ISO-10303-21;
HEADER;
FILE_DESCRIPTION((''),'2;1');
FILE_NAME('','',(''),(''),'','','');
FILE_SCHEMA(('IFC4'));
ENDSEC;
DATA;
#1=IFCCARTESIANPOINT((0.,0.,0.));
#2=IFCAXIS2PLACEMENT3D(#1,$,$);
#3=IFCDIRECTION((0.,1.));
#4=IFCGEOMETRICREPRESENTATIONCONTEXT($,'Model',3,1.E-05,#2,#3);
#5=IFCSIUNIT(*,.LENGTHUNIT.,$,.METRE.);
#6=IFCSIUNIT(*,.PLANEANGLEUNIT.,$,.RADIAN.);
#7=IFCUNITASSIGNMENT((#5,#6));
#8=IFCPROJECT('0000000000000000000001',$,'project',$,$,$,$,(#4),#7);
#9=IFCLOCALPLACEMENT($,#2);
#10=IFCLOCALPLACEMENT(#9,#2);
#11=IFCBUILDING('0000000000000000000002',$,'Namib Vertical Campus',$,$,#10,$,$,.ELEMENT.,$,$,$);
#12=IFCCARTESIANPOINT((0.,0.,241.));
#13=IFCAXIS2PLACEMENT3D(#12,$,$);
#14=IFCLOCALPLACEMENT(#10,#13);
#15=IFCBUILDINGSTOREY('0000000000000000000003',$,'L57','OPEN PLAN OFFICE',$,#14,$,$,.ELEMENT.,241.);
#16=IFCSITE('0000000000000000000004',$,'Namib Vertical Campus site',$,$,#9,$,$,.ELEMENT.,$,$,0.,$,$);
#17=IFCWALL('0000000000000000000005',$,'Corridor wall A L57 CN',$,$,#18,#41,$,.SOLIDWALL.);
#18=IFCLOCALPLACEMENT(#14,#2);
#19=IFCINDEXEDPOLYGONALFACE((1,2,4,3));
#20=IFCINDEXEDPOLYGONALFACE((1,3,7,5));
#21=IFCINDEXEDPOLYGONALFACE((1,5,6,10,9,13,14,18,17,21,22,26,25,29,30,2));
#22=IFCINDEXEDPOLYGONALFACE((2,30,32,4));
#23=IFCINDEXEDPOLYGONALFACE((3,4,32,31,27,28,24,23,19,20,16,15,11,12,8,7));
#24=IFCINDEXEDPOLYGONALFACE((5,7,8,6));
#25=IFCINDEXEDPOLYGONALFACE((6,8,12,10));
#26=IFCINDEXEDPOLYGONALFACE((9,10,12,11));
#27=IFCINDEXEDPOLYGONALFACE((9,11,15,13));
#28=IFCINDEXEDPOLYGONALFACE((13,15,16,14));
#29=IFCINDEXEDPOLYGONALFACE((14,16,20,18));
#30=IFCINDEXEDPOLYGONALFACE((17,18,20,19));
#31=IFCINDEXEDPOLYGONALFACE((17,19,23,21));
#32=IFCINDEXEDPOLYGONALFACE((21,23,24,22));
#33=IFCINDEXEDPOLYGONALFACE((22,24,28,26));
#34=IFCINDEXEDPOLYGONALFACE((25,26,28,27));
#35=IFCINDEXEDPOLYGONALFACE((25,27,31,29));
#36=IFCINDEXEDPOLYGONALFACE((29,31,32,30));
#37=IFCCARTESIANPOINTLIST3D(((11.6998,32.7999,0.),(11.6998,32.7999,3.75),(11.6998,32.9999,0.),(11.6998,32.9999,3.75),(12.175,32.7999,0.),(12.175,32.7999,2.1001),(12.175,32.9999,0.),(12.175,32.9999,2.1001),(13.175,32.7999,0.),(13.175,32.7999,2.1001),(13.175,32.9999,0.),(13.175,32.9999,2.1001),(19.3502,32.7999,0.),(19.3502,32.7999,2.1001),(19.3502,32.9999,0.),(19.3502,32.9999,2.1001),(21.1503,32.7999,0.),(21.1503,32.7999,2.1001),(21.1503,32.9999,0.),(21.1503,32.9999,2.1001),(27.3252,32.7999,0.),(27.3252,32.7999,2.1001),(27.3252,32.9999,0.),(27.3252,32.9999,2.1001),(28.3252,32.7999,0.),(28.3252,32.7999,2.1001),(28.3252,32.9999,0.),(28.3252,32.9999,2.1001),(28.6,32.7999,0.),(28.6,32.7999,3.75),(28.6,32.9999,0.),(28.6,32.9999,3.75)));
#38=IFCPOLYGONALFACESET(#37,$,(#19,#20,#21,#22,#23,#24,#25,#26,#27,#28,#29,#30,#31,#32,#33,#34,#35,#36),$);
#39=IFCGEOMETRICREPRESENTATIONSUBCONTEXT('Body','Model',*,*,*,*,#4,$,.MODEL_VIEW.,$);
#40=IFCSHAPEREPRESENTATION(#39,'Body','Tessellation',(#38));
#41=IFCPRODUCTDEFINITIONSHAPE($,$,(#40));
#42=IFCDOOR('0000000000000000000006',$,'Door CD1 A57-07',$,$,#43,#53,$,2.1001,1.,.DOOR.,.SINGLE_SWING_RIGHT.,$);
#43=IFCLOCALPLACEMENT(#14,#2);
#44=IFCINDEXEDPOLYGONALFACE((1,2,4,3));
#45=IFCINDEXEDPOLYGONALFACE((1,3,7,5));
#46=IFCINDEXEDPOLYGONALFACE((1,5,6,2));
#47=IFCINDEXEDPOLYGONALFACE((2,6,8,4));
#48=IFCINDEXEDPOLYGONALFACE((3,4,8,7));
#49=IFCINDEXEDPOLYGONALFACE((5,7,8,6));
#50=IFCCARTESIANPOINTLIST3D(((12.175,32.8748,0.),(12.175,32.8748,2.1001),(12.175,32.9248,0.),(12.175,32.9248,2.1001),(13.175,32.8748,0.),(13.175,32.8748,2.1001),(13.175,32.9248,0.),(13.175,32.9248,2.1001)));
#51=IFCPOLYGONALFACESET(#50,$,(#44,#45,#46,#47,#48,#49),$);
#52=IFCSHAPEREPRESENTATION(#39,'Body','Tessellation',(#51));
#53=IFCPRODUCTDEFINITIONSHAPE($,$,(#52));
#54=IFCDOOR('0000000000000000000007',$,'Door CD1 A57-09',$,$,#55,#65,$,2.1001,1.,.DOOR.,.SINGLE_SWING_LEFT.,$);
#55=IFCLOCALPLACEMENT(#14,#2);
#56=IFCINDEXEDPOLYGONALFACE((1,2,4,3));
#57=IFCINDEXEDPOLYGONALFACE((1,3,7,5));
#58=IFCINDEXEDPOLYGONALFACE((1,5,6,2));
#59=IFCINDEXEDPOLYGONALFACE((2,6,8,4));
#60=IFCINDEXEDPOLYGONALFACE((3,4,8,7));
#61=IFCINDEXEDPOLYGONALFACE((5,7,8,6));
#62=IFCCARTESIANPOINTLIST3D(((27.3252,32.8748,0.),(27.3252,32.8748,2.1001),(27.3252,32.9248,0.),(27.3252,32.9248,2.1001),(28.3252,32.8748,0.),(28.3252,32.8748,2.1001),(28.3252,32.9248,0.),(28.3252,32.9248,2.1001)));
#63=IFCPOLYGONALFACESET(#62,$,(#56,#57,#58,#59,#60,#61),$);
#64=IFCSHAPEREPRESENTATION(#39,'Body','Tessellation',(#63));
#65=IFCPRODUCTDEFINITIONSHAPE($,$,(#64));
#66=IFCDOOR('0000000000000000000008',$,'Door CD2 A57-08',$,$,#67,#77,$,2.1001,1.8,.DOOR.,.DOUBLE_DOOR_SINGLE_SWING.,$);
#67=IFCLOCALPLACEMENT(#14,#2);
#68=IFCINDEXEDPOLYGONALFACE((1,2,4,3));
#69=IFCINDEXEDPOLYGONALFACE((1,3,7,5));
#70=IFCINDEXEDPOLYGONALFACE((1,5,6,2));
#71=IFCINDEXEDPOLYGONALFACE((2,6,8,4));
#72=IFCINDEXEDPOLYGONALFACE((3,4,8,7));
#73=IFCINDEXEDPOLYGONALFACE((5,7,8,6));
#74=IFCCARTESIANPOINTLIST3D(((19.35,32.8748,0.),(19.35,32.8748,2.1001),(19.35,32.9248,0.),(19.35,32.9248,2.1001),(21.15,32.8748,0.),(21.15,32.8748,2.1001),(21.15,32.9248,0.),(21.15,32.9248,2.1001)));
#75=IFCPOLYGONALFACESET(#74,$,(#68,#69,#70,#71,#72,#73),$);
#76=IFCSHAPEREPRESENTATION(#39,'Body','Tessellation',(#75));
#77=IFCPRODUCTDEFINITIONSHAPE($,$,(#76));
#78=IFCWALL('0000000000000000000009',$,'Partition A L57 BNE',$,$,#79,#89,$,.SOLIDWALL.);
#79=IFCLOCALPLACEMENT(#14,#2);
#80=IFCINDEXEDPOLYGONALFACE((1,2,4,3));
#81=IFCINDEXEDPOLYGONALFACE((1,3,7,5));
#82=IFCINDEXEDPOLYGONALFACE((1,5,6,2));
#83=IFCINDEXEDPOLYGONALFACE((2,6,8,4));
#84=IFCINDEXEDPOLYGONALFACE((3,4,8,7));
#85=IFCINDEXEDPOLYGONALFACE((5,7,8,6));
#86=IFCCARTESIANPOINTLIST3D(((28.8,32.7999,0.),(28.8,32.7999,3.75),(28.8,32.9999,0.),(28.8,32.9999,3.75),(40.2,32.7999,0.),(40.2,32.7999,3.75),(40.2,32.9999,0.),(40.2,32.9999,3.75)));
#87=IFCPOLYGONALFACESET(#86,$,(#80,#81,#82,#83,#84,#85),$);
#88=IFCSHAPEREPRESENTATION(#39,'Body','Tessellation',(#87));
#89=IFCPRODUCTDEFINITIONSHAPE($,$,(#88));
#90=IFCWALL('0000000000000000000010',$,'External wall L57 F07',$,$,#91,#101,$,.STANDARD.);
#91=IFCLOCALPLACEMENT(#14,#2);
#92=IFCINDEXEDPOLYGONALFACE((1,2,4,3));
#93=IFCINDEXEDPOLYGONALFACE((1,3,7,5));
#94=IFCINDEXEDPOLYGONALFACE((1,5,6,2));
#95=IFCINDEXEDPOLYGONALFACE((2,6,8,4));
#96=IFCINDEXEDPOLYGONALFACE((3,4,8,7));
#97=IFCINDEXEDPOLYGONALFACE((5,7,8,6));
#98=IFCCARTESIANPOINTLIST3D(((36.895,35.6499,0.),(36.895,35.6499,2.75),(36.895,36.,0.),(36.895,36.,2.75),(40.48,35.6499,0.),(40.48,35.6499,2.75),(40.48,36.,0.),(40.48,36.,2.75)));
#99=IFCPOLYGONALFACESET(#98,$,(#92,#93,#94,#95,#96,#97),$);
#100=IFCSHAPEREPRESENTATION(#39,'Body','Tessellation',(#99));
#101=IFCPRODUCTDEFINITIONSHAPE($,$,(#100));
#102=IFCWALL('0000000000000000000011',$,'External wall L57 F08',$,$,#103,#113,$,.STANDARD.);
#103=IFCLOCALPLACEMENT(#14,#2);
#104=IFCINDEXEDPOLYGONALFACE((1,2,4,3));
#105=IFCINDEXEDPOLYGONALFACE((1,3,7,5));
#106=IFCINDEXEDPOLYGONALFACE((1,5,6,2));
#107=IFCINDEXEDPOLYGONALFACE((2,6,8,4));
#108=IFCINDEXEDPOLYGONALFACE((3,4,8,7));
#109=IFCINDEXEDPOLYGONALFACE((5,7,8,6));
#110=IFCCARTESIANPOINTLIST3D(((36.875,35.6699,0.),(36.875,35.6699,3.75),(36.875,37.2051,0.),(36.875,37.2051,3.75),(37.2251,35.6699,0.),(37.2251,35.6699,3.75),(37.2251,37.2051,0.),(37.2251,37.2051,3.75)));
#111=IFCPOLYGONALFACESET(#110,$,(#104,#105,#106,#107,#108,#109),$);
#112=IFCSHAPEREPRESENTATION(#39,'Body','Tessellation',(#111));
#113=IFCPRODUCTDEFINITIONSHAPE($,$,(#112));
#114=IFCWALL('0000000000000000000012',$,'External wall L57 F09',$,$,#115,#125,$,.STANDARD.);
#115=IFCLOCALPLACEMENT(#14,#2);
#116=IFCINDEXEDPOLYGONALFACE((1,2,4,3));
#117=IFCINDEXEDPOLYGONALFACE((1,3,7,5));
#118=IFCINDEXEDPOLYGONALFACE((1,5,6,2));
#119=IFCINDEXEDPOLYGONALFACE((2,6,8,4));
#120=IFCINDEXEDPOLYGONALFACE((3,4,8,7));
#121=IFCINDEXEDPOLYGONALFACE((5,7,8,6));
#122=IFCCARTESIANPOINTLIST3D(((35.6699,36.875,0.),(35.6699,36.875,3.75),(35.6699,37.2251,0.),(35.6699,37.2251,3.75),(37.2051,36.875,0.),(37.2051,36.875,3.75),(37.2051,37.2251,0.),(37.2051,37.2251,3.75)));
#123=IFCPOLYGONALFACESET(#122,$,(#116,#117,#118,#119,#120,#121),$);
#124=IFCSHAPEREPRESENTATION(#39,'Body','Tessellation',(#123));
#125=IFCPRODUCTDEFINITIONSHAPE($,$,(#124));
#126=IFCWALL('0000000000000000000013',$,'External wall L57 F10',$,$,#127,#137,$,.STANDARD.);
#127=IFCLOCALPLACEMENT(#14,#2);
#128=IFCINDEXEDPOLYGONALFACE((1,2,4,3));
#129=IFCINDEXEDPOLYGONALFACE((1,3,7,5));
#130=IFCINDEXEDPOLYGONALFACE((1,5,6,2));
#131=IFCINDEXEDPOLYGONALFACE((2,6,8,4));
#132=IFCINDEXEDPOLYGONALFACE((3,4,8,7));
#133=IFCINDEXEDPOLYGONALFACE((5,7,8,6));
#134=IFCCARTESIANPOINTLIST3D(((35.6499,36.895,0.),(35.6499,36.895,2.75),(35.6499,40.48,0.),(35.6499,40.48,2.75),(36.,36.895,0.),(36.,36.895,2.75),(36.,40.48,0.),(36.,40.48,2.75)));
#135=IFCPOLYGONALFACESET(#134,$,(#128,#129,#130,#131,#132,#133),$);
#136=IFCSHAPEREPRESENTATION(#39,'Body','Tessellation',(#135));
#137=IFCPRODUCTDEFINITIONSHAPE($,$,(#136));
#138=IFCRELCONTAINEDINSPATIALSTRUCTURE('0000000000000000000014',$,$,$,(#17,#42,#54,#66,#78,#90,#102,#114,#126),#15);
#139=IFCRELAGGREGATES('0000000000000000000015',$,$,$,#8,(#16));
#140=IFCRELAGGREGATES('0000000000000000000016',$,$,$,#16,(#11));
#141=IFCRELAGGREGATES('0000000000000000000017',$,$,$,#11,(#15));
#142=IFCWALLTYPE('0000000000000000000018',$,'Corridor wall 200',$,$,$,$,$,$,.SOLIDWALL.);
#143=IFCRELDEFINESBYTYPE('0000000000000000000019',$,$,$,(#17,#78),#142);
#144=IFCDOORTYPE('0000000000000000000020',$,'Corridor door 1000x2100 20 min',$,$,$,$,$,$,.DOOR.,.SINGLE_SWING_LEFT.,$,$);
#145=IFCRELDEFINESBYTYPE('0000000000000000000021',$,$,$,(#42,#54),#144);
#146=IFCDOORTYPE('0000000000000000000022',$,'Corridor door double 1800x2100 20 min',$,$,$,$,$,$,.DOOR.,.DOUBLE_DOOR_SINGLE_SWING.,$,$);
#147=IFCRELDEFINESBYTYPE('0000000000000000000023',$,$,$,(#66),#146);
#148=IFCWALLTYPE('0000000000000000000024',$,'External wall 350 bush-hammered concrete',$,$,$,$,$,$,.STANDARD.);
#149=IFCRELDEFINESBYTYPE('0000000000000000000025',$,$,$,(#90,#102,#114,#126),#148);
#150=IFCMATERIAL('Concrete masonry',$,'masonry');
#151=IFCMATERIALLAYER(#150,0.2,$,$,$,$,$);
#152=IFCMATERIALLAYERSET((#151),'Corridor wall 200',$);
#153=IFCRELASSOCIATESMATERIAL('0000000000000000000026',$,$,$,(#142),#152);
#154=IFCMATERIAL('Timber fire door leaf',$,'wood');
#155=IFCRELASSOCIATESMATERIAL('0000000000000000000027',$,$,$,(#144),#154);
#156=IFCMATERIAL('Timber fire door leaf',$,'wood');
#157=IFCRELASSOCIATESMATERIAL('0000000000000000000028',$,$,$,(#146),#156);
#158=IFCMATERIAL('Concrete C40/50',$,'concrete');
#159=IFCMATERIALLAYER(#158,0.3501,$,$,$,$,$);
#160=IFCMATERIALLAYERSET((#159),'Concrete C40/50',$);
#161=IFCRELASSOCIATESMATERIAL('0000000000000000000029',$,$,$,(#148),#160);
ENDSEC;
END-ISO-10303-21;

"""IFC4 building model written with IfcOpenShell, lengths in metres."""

from ifc_helpers import new_model, si_unit, direction, frame, frame_2d, origin, place, context, subcontext, project, spatial, rectangle, extrude, material, layer, layer_set, type_object, element, fill, save


model = new_model("IFC4")

# Units and contexts
model_context = context("Model", 3, precision=1e-05, world=origin(), true_north=direction((0.0, 1.0)))
body_context = subcontext(model_context, "Body", "Model", "MODEL_VIEW")
ifc_project = project(units=[si_unit("LENGTHUNIT", "METRE"), si_unit("PLANEANGLEUNIT", "RADIAN")], contexts=[model_context])

# Site, building, storey
site_placement = place(None, origin())
site = spatial("IfcSite", under=ifc_project, at=site_placement, Name="Namib Vertical Campus site", CompositionType="ELEMENT", RefElevation=0.0)
building_placement = place(site_placement, origin())
building = spatial("IfcBuilding", under=site, at=building_placement, Name="Namib Vertical Campus", CompositionType="ELEMENT")
storey_placement = place(building_placement, frame((0.0, 0.0, 241.0)))
storey = spatial("IfcBuildingStorey", under=building, at=storey_placement, Name="L57", Description="OPEN PLAN OFFICE", CompositionType="ELEMENT", Elevation=241.0)

# Wall, openings, doors
ifc_material_1 = material(Name="Concrete masonry", Category="masonry")
ifc_layer_1 = layer(ifc_material_1, 0.2)
ifc_layer_set_1 = layer_set([ifc_layer_1], Name="Corridor wall 200")
wall_type_1 = type_object("IfcWallType", Name="Corridor wall 200", PredefinedType="SOLIDWALL", material=ifc_layer_set_1)
wall_1_placement = place(storey_placement, frame((28.6001, 32.8999, 0.0), z_axis=(0.0, 0.0, 1.0), x_axis=(-1.0, 0.0, 0.0)))
wall_1 = element("IfcWall", 1, at=wall_1_placement, inside=storey, type_object=wall_type_1, Name="Corridor wall A L57 CN", PredefinedType="SOLIDWALL", context=body_context, shape_type="SweptSolid", body=[
    extrude(rectangle(XDim=16.9001, YDim=0.2, at=frame_2d((8.4502, 0.0))), origin(), (0.0, 0.0, 1.0), 3.75),
])
opening_1_placement = place(wall_1_placement, frame((15.425, 0.0, 0.0)))
opening_1 = element("IfcOpeningElement", 2, at=opening_1_placement, cuts=wall_1, PredefinedType="OPENING", context=body_context, shape_type="SweptSolid", body=[
    extrude(rectangle(XDim=1.0, YDim=2.1001, at=frame_2d((0.5, 1.05))), frame((0.0, 0.1099, 0.0), z_axis=(0.0, -1.0, 0.0), x_axis=(1.0, 0.0, 0.0)), (0.0, 0.0, 1.0), 0.22),
])
opening_2_placement = place(wall_1_placement, frame((7.45, 0.0, 0.0)))
opening_2 = element("IfcOpeningElement", 3, at=opening_2_placement, cuts=wall_1, PredefinedType="OPENING", context=body_context, shape_type="SweptSolid", body=[
    extrude(rectangle(XDim=1.8, YDim=2.1001, at=frame_2d((0.8999, 1.05))), frame((0.0, 0.1099, 0.0), z_axis=(0.0, -1.0, 0.0), x_axis=(1.0, 0.0, 0.0)), (0.0, 0.0, 1.0), 0.22),
])
opening_3_placement = place(wall_1_placement, frame((0.2749, 0.0, 0.0)))
opening_3 = element("IfcOpeningElement", 4, at=opening_3_placement, cuts=wall_1, PredefinedType="OPENING", context=body_context, shape_type="SweptSolid", body=[
    extrude(rectangle(XDim=1.0, YDim=2.1001, at=frame_2d((0.5, 1.05))), frame((0.0, 0.1099, 0.0), z_axis=(0.0, -1.0, 0.0), x_axis=(1.0, 0.0, 0.0)), (0.0, 0.0, 1.0), 0.22),
])
ifc_material_2 = material(Name="Timber fire door leaf", Category="wood")
door_type_1 = type_object("IfcDoorType", Name="Corridor door 1000x2100 20 min", OperationType="SINGLE_SWING_LEFT", PredefinedType="DOOR", material=ifc_material_2)
door_1_placement = place(opening_1_placement, frame((1.0, 0.0, 0.0), z_axis=(0.0, 0.0, 1.0), x_axis=(-1.0, 0.0, 0.0)))
door_1 = element("IfcDoor", 5, at=door_1_placement, inside=storey, type_object=door_type_1, Name="Door CD1 A57-07", OperationType="SINGLE_SWING_RIGHT", OverallHeight=2.1001, OverallWidth=1.0, PredefinedType="DOOR", context=body_context, shape_type="SweptSolid", body=[
    extrude(rectangle(XDim=1.0, YDim=2.1001, at=frame_2d((0.5, 1.05))), frame((0.0, 0.0249, 0.0), z_axis=(0.0, -1.0, 0.0), x_axis=(1.0, 0.0, 0.0)), (0.0, 0.0, 1.0), 0.05),
])
fill(opening_1, door_1)
door_2_placement = place(opening_3_placement, frame((1.0, 0.0, 0.0), z_axis=(0.0, 0.0, 1.0), x_axis=(-1.0, 0.0, 0.0)))
door_2 = element("IfcDoor", 6, at=door_2_placement, inside=storey, type_object=door_type_1, Name="Door CD1 A57-09", OperationType="SINGLE_SWING_LEFT", OverallHeight=2.1001, OverallWidth=1.0, PredefinedType="DOOR", context=body_context, shape_type="SweptSolid", body=[
    extrude(rectangle(XDim=1.0, YDim=2.1001, at=frame_2d((0.5, 1.05))), frame((0.0, 0.0249, 0.0), z_axis=(0.0, -1.0, 0.0), x_axis=(1.0, 0.0, 0.0)), (0.0, 0.0, 1.0), 0.05),
])
fill(opening_3, door_2)
ifc_material_3 = material(Name="Timber fire door leaf", Category="wood")
door_type_2 = type_object("IfcDoorType", Name="Corridor door double 1800x2100 20 min", OperationType="DOUBLE_DOOR_SINGLE_SWING", PredefinedType="DOOR", material=ifc_material_3)
door_3_placement = place(opening_2_placement, frame((1.8, 0.0, 0.0), z_axis=(0.0, 0.0, 1.0), x_axis=(-1.0, 0.0, 0.0)))
door_3 = element("IfcDoor", 7, at=door_3_placement, inside=storey, type_object=door_type_2, Name="Door CD2 A57-08", OperationType="DOUBLE_DOOR_SINGLE_SWING", OverallHeight=2.1001, OverallWidth=1.8, PredefinedType="DOOR", context=body_context, shape_type="SweptSolid", body=[
    extrude(rectangle(XDim=1.8, YDim=2.1001, at=frame_2d((0.8999, 1.05))), frame((0.0, 0.0249, 0.0), z_axis=(0.0, -1.0, 0.0), x_axis=(1.0, 0.0, 0.0)), (0.0, 0.0, 1.0), 0.05),
])
fill(opening_2, door_3)

# Walls
wall_2_placement = place(storey_placement, frame((28.8, 32.8999, 0.0), z_axis=(0.0, 0.0, 1.0), x_axis=(1.0, 0.0, 0.0)))
element("IfcWall", 8, at=wall_2_placement, inside=storey, type_object=wall_type_1, Name="Partition A L57 BNE", PredefinedType="SOLIDWALL", context=body_context, shape_type="SweptSolid", body=[
    extrude(rectangle(XDim=11.3999, YDim=0.2, at=frame_2d((5.7, 0.0))), origin(), (0.0, 0.0, 1.0), 3.75),
])
ifc_material_4 = material(Name="Concrete C40/50", Category="concrete")
ifc_layer_2 = layer(ifc_material_4, 0.3501)
ifc_layer_set_2 = layer_set([ifc_layer_2], Name="Concrete C40/50")
wall_type_2 = type_object("IfcWallType", Name="External wall 350 bush-hammered concrete", PredefinedType="STANDARD", material=ifc_layer_set_2)
wall_3_placement = place(storey_placement, frame((40.48, 35.825, 0.0), z_axis=(0.0, 0.0, 1.0), x_axis=(-1.0, 0.0, 0.0)))
element("IfcWall", 9, at=wall_3_placement, inside=storey, type_object=wall_type_2, Name="External wall L57 F07", PredefinedType="STANDARD", context=body_context, shape_type="SweptSolid", body=[
    extrude(rectangle(XDim=3.585, YDim=0.3501, at=frame_2d((1.7925, 0.0))), origin(), (0.0, 0.0, 1.0), 2.75),
])
for number, where, z_axis, x_axis, name in (
    (10, (37.05, 35.6699, 0.0), (0.0, 0.0, 1.0), (0.0, 1.0, 0.0), "External wall L57 F08"),
    (11, (37.2051, 37.05, 0.0), (0.0, 0.0, 1.0), (-1.0, 0.0, 0.0), "External wall L57 F09"),
):
    element("IfcWall", number, at=place(storey_placement, frame(where, z_axis=z_axis, x_axis=x_axis)), inside=storey, type_object=wall_type_2, Name=name, PredefinedType="STANDARD", context=body_context, shape_type="SweptSolid", body=[
        extrude(rectangle(XDim=1.5352, YDim=0.3501, at=frame_2d((0.7676, 0.0))), origin(), (0.0, 0.0, 1.0), 3.75),
    ])
wall_4_placement = place(storey_placement, frame((35.825, 36.895, 0.0), z_axis=(0.0, 0.0, 1.0), x_axis=(0.0, 1.0, 0.0)))
element("IfcWall", 12, at=wall_4_placement, inside=storey, type_object=wall_type_2, Name="External wall L57 F10", PredefinedType="STANDARD", context=body_context, shape_type="SweptSolid", body=[
    extrude(rectangle(XDim=3.585, YDim=0.3501, at=frame_2d((1.7925, 0.0))), origin(), (0.0, 0.0, 1.0), 2.75),
])

save(model, "model.ifc")
